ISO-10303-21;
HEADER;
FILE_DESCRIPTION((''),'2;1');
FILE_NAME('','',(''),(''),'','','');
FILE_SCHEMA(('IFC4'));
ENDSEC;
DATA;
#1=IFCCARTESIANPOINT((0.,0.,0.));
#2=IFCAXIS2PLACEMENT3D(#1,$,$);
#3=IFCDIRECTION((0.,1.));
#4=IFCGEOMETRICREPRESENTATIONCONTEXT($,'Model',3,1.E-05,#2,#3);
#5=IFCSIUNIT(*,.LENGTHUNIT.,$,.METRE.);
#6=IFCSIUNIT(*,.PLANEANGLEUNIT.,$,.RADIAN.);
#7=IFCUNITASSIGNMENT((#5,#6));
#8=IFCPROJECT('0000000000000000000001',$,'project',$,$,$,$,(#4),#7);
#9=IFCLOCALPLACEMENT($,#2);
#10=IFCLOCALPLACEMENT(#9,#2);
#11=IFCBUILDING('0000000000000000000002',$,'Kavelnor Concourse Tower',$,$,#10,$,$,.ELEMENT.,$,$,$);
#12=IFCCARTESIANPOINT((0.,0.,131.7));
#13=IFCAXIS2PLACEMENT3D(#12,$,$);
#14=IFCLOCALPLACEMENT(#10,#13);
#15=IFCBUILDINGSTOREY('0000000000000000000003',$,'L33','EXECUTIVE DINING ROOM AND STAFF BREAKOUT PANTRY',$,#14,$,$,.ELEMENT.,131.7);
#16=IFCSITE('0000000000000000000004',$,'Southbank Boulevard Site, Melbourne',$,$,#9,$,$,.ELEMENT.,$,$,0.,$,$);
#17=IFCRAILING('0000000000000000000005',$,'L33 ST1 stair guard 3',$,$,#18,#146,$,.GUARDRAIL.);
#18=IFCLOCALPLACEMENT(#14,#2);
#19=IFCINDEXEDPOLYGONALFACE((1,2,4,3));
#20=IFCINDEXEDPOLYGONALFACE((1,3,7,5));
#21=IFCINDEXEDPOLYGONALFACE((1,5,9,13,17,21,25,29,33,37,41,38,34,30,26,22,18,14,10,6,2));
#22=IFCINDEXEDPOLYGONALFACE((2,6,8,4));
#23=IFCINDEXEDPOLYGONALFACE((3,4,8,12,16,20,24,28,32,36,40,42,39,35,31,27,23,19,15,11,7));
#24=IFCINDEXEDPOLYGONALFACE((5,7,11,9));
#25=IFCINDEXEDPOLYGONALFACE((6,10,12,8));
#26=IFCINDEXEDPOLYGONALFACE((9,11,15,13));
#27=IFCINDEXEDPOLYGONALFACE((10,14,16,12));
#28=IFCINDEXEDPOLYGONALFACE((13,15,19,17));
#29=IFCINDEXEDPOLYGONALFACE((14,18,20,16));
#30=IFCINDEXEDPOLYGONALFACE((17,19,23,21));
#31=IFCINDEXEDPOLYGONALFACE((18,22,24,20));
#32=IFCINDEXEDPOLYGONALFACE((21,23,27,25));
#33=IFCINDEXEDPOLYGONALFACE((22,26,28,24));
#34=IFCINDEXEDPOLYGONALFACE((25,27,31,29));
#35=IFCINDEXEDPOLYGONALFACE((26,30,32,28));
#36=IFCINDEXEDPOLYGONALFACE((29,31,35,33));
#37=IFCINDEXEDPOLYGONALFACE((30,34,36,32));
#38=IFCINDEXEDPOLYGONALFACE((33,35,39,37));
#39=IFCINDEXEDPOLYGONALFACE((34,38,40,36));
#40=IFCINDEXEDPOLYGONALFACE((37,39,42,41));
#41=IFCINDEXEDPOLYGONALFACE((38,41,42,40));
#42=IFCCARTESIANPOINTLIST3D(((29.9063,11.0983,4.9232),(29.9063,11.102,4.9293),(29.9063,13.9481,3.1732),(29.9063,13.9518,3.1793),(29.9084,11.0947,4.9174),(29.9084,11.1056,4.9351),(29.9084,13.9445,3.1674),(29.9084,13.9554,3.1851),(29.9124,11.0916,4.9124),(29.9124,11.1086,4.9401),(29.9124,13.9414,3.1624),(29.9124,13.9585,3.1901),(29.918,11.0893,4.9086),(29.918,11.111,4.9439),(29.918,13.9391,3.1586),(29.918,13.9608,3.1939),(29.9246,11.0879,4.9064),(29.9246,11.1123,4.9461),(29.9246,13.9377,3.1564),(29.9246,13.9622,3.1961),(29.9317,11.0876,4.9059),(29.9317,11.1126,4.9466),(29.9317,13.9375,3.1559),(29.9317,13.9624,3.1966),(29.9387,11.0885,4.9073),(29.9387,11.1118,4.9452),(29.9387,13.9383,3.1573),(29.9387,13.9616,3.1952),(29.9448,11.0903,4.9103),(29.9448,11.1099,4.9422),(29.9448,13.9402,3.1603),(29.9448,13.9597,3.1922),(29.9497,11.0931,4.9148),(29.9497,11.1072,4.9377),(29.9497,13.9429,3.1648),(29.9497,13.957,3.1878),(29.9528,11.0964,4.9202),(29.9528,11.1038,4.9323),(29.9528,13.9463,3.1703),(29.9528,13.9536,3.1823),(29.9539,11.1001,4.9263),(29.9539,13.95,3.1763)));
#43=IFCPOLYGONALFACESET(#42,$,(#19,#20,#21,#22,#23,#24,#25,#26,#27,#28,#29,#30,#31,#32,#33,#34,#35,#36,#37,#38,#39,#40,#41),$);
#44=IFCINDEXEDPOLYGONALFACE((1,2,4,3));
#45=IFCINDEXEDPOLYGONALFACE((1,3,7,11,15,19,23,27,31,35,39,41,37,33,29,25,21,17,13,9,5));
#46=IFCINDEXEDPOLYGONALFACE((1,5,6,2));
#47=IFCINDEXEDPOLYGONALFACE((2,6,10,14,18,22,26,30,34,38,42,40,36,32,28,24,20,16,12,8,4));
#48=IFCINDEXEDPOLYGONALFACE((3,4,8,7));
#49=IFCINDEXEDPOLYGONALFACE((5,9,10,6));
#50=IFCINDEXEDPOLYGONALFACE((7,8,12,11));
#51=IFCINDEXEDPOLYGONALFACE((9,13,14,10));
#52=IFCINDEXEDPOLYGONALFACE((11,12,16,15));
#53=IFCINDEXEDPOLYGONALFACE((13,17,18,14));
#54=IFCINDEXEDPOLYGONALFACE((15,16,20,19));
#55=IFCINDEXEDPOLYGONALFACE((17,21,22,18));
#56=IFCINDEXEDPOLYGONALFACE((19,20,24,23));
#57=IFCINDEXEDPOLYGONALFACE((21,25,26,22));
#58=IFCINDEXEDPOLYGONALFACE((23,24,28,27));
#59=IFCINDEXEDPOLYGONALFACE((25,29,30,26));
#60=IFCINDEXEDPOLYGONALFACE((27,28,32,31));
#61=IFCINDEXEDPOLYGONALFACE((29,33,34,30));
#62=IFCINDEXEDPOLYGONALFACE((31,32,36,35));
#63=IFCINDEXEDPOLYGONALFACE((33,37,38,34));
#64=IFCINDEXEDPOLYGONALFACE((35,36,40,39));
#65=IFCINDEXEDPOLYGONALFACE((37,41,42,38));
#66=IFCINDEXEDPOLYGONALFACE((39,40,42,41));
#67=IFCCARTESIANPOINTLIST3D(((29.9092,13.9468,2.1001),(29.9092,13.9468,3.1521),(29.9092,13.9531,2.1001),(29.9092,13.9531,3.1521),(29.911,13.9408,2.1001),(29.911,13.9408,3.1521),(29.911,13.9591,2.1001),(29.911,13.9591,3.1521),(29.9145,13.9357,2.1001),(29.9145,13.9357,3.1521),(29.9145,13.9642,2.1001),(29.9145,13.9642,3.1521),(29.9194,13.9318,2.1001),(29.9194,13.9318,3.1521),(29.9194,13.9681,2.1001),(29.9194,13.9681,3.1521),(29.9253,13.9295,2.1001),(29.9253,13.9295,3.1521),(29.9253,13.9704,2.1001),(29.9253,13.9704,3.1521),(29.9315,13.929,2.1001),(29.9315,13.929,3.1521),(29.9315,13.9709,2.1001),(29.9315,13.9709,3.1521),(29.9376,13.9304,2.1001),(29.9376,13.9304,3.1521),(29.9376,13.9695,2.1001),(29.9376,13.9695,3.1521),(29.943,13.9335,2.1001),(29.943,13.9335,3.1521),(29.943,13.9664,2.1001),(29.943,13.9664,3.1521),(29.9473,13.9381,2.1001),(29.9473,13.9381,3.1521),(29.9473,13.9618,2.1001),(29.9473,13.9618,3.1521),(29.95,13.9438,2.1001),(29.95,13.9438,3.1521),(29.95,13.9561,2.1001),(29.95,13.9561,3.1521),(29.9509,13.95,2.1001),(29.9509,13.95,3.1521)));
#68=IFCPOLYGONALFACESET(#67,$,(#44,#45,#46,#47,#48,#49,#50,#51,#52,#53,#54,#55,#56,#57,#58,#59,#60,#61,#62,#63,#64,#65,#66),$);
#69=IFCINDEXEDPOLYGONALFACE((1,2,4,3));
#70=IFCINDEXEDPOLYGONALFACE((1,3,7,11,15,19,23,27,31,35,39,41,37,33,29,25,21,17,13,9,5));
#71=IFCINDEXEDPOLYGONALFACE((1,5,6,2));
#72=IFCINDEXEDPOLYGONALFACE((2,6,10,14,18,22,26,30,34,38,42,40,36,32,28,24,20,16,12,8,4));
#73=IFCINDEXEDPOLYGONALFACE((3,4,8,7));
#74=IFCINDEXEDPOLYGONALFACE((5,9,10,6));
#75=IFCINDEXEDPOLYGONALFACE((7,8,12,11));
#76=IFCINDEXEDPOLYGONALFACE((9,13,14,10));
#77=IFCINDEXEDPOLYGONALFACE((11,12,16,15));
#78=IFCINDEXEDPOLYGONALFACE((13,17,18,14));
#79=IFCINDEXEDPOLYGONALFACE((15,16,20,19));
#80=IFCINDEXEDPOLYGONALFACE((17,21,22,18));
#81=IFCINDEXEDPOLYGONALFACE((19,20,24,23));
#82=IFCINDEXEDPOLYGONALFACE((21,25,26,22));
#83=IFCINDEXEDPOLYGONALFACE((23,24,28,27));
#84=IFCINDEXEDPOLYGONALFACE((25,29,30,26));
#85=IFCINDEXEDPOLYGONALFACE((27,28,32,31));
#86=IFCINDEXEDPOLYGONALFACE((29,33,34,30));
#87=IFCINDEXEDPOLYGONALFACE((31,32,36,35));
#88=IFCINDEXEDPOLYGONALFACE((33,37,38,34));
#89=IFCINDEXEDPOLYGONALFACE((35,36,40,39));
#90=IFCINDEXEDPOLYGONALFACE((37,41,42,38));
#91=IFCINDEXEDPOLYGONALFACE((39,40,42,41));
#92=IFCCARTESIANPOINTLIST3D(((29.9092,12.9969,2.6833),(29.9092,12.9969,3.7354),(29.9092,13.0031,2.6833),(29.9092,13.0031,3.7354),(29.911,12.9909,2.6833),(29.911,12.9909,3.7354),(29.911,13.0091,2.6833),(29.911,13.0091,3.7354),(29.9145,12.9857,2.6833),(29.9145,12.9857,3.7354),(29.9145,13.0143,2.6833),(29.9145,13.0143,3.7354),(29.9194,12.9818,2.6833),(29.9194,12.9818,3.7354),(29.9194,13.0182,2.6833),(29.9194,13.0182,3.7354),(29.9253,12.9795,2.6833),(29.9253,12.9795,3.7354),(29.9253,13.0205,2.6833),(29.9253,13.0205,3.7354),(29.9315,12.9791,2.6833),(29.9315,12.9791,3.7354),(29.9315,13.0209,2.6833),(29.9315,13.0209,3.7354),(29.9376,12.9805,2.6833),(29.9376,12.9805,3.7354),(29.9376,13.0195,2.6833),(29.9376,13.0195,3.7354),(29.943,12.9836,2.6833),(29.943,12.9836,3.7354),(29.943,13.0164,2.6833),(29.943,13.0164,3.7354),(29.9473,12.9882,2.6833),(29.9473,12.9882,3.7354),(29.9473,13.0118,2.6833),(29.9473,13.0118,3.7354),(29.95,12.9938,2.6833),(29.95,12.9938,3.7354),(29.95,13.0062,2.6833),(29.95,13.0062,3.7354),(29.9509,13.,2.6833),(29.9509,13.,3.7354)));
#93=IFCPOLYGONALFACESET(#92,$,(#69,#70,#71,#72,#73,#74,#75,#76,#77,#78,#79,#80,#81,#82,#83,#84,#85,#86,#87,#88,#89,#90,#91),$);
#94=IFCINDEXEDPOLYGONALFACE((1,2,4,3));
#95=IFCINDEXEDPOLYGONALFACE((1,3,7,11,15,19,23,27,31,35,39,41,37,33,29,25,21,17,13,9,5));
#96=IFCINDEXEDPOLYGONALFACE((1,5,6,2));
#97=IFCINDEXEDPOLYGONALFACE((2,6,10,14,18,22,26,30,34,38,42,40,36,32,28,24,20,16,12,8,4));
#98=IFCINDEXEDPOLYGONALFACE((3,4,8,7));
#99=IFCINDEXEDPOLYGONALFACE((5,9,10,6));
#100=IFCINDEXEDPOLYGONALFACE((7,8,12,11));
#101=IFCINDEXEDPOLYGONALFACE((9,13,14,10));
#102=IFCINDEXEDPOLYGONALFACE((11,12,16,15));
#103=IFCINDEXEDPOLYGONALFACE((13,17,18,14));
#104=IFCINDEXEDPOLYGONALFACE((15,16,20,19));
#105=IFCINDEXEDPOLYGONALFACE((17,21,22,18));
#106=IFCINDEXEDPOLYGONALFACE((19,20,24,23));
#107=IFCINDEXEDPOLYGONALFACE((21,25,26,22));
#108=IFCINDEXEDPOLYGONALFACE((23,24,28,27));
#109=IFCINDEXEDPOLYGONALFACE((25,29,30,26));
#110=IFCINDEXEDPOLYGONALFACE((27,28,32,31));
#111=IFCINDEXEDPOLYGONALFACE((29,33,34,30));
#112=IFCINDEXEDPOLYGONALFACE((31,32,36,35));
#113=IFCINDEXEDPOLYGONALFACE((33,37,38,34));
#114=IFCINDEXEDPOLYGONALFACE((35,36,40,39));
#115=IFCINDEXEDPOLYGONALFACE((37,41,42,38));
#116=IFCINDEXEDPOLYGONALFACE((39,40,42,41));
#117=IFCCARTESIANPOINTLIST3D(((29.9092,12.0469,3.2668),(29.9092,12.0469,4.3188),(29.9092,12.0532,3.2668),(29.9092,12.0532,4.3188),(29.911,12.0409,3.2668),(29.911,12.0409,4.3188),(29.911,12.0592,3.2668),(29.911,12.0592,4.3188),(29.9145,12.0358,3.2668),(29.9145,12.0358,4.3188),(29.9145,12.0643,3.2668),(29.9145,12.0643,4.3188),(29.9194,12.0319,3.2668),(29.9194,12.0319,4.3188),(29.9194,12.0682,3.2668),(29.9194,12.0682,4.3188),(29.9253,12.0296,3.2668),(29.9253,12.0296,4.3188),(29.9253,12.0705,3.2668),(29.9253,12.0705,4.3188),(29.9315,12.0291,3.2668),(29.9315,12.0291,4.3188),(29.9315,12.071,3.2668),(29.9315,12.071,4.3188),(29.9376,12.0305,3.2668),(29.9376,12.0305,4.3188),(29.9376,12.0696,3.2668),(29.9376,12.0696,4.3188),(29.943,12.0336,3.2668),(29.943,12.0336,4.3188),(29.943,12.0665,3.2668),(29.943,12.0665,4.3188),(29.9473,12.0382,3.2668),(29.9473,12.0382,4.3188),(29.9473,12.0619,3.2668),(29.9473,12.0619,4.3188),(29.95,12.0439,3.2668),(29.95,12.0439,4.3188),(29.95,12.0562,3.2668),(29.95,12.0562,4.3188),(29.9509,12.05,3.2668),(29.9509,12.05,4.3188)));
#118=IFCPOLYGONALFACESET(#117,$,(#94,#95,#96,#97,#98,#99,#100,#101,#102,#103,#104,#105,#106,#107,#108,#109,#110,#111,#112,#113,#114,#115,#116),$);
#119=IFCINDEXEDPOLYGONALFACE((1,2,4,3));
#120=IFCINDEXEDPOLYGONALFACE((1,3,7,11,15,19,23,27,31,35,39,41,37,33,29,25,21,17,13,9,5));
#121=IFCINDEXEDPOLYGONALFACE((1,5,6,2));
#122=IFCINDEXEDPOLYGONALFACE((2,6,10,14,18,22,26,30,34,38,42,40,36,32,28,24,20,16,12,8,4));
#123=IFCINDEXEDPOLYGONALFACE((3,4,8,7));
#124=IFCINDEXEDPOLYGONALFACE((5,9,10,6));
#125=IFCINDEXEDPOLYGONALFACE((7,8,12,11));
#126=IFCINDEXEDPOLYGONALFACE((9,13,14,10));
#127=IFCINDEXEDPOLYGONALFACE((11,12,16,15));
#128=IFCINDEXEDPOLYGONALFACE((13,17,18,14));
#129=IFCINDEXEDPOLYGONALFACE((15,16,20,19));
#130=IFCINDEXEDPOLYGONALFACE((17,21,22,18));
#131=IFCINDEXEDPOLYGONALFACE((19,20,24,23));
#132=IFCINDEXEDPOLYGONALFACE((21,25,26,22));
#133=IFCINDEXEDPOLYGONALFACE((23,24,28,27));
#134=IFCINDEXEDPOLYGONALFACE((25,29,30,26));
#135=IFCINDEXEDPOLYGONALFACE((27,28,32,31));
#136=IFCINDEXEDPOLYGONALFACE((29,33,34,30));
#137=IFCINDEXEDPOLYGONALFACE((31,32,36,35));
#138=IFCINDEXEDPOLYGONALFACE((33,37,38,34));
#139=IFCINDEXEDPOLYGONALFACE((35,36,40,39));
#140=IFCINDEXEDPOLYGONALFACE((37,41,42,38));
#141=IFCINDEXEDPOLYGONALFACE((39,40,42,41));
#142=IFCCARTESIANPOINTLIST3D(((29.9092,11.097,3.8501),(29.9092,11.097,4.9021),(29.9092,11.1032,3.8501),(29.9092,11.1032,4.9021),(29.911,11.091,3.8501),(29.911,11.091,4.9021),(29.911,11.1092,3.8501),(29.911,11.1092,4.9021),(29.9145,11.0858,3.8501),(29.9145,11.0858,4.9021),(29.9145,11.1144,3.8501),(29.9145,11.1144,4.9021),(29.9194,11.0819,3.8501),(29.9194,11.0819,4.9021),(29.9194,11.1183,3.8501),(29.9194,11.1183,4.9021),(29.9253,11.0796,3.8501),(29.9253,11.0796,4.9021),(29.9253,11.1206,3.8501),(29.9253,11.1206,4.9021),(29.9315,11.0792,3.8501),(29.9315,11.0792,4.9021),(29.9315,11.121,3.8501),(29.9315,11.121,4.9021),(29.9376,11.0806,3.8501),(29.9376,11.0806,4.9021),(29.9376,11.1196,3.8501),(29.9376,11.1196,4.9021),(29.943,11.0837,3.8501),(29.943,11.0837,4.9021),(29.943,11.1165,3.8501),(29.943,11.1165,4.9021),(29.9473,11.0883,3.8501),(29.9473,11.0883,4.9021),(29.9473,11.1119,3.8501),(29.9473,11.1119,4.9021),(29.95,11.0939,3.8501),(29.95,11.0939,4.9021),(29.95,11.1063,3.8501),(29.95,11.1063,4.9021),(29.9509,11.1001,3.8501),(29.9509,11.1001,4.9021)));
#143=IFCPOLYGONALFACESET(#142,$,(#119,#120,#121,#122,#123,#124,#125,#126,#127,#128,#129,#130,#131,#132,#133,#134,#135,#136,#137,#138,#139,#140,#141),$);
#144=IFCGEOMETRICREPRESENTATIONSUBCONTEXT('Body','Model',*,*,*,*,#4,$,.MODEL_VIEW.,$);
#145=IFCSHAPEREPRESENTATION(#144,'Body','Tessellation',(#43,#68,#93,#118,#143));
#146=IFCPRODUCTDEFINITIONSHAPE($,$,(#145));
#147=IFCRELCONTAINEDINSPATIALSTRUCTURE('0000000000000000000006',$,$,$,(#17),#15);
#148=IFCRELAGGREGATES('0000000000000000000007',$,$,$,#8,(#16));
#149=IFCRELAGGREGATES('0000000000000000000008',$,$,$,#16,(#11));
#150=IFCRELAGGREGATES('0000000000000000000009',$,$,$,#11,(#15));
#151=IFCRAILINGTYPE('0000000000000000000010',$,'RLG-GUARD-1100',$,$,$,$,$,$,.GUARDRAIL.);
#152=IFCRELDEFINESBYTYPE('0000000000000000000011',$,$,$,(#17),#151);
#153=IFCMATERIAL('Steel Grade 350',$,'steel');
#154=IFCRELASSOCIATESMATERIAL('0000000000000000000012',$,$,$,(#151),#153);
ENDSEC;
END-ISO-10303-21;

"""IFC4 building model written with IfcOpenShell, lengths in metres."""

from ifc_helpers import new_model, si_unit, direction, frame, origin, origin_2d, place, context, subcontext, project, spatial, circle, extrude, material, type_object, element, save


model = new_model("IFC4")

# Units and contexts
model_context = context("Model", 3, precision=1e-05, world=origin(), true_north=direction((0.0, 1.0)))
body_context = subcontext(model_context, "Body", "Model", "MODEL_VIEW")
ifc_project = project(units=[si_unit("LENGTHUNIT", "METRE"), si_unit("PLANEANGLEUNIT", "RADIAN")], contexts=[model_context])

# Site, building, storey
site_placement = place(None, origin())
site = spatial("IfcSite", under=ifc_project, at=site_placement, Name="Southbank Boulevard Site, Melbourne", CompositionType="ELEMENT", RefElevation=0.0)
building_placement = place(site_placement, origin())
building = spatial("IfcBuilding", under=site, at=building_placement, Name="Kavelnor Concourse Tower", CompositionType="ELEMENT")
storey_placement = place(building_placement, frame((0.0, 0.0, 131.7)))
storey = spatial("IfcBuildingStorey", under=building, at=storey_placement, Name="L33", Description="EXECUTIVE DINING ROOM AND STAFF BREAKOUT PANTRY", CompositionType="ELEMENT", Elevation=131.7)

# Shared definitions
ifc_material_1 = material(Name="Steel Grade 350", Category="steel")

# Railing
railing_type_1 = type_object("IfcRailingType", Name="RLG-GUARD-1100", PredefinedType="GUARDRAIL", material=ifc_material_1)
railing_1_placement = place(storey_placement, frame((29.9299, 13.95, 2.1001)))
element("IfcRailing", 1, at=railing_1_placement, inside=storey, type_object=railing_type_1, Name="L33 ST1 stair guard 3", PredefinedType="GUARDRAIL", context=body_context, shape_type="SweptSolid", body=[
    extrude(circle(Radius=0.0239, at=origin_2d()), frame((0.0, 0.0, 1.0762), z_axis=(0.0, -0.852159, 0.523283), x_axis=(1.0, 0.0, 0.0)), (0.0, 0.0, 1.0), 3.3442),
    extrude(circle(Radius=0.021, at=origin_2d()), origin(), (0.0, 0.0, 1.0), 1.052),
    extrude(circle(Radius=0.021, at=origin_2d()), frame((0.0, -0.95, 0.5833)), (0.0, 0.0, 1.0), 1.052),
    extrude(circle(Radius=0.021, at=origin_2d()), frame((0.0, -1.8999, 1.1667)), (0.0, 0.0, 1.0), 1.052),
    extrude(circle(Radius=0.021, at=origin_2d()), frame((0.0, -2.8499, 1.75)), (0.0, 0.0, 1.0), 1.052),
])

save(model, "model.ifc")
